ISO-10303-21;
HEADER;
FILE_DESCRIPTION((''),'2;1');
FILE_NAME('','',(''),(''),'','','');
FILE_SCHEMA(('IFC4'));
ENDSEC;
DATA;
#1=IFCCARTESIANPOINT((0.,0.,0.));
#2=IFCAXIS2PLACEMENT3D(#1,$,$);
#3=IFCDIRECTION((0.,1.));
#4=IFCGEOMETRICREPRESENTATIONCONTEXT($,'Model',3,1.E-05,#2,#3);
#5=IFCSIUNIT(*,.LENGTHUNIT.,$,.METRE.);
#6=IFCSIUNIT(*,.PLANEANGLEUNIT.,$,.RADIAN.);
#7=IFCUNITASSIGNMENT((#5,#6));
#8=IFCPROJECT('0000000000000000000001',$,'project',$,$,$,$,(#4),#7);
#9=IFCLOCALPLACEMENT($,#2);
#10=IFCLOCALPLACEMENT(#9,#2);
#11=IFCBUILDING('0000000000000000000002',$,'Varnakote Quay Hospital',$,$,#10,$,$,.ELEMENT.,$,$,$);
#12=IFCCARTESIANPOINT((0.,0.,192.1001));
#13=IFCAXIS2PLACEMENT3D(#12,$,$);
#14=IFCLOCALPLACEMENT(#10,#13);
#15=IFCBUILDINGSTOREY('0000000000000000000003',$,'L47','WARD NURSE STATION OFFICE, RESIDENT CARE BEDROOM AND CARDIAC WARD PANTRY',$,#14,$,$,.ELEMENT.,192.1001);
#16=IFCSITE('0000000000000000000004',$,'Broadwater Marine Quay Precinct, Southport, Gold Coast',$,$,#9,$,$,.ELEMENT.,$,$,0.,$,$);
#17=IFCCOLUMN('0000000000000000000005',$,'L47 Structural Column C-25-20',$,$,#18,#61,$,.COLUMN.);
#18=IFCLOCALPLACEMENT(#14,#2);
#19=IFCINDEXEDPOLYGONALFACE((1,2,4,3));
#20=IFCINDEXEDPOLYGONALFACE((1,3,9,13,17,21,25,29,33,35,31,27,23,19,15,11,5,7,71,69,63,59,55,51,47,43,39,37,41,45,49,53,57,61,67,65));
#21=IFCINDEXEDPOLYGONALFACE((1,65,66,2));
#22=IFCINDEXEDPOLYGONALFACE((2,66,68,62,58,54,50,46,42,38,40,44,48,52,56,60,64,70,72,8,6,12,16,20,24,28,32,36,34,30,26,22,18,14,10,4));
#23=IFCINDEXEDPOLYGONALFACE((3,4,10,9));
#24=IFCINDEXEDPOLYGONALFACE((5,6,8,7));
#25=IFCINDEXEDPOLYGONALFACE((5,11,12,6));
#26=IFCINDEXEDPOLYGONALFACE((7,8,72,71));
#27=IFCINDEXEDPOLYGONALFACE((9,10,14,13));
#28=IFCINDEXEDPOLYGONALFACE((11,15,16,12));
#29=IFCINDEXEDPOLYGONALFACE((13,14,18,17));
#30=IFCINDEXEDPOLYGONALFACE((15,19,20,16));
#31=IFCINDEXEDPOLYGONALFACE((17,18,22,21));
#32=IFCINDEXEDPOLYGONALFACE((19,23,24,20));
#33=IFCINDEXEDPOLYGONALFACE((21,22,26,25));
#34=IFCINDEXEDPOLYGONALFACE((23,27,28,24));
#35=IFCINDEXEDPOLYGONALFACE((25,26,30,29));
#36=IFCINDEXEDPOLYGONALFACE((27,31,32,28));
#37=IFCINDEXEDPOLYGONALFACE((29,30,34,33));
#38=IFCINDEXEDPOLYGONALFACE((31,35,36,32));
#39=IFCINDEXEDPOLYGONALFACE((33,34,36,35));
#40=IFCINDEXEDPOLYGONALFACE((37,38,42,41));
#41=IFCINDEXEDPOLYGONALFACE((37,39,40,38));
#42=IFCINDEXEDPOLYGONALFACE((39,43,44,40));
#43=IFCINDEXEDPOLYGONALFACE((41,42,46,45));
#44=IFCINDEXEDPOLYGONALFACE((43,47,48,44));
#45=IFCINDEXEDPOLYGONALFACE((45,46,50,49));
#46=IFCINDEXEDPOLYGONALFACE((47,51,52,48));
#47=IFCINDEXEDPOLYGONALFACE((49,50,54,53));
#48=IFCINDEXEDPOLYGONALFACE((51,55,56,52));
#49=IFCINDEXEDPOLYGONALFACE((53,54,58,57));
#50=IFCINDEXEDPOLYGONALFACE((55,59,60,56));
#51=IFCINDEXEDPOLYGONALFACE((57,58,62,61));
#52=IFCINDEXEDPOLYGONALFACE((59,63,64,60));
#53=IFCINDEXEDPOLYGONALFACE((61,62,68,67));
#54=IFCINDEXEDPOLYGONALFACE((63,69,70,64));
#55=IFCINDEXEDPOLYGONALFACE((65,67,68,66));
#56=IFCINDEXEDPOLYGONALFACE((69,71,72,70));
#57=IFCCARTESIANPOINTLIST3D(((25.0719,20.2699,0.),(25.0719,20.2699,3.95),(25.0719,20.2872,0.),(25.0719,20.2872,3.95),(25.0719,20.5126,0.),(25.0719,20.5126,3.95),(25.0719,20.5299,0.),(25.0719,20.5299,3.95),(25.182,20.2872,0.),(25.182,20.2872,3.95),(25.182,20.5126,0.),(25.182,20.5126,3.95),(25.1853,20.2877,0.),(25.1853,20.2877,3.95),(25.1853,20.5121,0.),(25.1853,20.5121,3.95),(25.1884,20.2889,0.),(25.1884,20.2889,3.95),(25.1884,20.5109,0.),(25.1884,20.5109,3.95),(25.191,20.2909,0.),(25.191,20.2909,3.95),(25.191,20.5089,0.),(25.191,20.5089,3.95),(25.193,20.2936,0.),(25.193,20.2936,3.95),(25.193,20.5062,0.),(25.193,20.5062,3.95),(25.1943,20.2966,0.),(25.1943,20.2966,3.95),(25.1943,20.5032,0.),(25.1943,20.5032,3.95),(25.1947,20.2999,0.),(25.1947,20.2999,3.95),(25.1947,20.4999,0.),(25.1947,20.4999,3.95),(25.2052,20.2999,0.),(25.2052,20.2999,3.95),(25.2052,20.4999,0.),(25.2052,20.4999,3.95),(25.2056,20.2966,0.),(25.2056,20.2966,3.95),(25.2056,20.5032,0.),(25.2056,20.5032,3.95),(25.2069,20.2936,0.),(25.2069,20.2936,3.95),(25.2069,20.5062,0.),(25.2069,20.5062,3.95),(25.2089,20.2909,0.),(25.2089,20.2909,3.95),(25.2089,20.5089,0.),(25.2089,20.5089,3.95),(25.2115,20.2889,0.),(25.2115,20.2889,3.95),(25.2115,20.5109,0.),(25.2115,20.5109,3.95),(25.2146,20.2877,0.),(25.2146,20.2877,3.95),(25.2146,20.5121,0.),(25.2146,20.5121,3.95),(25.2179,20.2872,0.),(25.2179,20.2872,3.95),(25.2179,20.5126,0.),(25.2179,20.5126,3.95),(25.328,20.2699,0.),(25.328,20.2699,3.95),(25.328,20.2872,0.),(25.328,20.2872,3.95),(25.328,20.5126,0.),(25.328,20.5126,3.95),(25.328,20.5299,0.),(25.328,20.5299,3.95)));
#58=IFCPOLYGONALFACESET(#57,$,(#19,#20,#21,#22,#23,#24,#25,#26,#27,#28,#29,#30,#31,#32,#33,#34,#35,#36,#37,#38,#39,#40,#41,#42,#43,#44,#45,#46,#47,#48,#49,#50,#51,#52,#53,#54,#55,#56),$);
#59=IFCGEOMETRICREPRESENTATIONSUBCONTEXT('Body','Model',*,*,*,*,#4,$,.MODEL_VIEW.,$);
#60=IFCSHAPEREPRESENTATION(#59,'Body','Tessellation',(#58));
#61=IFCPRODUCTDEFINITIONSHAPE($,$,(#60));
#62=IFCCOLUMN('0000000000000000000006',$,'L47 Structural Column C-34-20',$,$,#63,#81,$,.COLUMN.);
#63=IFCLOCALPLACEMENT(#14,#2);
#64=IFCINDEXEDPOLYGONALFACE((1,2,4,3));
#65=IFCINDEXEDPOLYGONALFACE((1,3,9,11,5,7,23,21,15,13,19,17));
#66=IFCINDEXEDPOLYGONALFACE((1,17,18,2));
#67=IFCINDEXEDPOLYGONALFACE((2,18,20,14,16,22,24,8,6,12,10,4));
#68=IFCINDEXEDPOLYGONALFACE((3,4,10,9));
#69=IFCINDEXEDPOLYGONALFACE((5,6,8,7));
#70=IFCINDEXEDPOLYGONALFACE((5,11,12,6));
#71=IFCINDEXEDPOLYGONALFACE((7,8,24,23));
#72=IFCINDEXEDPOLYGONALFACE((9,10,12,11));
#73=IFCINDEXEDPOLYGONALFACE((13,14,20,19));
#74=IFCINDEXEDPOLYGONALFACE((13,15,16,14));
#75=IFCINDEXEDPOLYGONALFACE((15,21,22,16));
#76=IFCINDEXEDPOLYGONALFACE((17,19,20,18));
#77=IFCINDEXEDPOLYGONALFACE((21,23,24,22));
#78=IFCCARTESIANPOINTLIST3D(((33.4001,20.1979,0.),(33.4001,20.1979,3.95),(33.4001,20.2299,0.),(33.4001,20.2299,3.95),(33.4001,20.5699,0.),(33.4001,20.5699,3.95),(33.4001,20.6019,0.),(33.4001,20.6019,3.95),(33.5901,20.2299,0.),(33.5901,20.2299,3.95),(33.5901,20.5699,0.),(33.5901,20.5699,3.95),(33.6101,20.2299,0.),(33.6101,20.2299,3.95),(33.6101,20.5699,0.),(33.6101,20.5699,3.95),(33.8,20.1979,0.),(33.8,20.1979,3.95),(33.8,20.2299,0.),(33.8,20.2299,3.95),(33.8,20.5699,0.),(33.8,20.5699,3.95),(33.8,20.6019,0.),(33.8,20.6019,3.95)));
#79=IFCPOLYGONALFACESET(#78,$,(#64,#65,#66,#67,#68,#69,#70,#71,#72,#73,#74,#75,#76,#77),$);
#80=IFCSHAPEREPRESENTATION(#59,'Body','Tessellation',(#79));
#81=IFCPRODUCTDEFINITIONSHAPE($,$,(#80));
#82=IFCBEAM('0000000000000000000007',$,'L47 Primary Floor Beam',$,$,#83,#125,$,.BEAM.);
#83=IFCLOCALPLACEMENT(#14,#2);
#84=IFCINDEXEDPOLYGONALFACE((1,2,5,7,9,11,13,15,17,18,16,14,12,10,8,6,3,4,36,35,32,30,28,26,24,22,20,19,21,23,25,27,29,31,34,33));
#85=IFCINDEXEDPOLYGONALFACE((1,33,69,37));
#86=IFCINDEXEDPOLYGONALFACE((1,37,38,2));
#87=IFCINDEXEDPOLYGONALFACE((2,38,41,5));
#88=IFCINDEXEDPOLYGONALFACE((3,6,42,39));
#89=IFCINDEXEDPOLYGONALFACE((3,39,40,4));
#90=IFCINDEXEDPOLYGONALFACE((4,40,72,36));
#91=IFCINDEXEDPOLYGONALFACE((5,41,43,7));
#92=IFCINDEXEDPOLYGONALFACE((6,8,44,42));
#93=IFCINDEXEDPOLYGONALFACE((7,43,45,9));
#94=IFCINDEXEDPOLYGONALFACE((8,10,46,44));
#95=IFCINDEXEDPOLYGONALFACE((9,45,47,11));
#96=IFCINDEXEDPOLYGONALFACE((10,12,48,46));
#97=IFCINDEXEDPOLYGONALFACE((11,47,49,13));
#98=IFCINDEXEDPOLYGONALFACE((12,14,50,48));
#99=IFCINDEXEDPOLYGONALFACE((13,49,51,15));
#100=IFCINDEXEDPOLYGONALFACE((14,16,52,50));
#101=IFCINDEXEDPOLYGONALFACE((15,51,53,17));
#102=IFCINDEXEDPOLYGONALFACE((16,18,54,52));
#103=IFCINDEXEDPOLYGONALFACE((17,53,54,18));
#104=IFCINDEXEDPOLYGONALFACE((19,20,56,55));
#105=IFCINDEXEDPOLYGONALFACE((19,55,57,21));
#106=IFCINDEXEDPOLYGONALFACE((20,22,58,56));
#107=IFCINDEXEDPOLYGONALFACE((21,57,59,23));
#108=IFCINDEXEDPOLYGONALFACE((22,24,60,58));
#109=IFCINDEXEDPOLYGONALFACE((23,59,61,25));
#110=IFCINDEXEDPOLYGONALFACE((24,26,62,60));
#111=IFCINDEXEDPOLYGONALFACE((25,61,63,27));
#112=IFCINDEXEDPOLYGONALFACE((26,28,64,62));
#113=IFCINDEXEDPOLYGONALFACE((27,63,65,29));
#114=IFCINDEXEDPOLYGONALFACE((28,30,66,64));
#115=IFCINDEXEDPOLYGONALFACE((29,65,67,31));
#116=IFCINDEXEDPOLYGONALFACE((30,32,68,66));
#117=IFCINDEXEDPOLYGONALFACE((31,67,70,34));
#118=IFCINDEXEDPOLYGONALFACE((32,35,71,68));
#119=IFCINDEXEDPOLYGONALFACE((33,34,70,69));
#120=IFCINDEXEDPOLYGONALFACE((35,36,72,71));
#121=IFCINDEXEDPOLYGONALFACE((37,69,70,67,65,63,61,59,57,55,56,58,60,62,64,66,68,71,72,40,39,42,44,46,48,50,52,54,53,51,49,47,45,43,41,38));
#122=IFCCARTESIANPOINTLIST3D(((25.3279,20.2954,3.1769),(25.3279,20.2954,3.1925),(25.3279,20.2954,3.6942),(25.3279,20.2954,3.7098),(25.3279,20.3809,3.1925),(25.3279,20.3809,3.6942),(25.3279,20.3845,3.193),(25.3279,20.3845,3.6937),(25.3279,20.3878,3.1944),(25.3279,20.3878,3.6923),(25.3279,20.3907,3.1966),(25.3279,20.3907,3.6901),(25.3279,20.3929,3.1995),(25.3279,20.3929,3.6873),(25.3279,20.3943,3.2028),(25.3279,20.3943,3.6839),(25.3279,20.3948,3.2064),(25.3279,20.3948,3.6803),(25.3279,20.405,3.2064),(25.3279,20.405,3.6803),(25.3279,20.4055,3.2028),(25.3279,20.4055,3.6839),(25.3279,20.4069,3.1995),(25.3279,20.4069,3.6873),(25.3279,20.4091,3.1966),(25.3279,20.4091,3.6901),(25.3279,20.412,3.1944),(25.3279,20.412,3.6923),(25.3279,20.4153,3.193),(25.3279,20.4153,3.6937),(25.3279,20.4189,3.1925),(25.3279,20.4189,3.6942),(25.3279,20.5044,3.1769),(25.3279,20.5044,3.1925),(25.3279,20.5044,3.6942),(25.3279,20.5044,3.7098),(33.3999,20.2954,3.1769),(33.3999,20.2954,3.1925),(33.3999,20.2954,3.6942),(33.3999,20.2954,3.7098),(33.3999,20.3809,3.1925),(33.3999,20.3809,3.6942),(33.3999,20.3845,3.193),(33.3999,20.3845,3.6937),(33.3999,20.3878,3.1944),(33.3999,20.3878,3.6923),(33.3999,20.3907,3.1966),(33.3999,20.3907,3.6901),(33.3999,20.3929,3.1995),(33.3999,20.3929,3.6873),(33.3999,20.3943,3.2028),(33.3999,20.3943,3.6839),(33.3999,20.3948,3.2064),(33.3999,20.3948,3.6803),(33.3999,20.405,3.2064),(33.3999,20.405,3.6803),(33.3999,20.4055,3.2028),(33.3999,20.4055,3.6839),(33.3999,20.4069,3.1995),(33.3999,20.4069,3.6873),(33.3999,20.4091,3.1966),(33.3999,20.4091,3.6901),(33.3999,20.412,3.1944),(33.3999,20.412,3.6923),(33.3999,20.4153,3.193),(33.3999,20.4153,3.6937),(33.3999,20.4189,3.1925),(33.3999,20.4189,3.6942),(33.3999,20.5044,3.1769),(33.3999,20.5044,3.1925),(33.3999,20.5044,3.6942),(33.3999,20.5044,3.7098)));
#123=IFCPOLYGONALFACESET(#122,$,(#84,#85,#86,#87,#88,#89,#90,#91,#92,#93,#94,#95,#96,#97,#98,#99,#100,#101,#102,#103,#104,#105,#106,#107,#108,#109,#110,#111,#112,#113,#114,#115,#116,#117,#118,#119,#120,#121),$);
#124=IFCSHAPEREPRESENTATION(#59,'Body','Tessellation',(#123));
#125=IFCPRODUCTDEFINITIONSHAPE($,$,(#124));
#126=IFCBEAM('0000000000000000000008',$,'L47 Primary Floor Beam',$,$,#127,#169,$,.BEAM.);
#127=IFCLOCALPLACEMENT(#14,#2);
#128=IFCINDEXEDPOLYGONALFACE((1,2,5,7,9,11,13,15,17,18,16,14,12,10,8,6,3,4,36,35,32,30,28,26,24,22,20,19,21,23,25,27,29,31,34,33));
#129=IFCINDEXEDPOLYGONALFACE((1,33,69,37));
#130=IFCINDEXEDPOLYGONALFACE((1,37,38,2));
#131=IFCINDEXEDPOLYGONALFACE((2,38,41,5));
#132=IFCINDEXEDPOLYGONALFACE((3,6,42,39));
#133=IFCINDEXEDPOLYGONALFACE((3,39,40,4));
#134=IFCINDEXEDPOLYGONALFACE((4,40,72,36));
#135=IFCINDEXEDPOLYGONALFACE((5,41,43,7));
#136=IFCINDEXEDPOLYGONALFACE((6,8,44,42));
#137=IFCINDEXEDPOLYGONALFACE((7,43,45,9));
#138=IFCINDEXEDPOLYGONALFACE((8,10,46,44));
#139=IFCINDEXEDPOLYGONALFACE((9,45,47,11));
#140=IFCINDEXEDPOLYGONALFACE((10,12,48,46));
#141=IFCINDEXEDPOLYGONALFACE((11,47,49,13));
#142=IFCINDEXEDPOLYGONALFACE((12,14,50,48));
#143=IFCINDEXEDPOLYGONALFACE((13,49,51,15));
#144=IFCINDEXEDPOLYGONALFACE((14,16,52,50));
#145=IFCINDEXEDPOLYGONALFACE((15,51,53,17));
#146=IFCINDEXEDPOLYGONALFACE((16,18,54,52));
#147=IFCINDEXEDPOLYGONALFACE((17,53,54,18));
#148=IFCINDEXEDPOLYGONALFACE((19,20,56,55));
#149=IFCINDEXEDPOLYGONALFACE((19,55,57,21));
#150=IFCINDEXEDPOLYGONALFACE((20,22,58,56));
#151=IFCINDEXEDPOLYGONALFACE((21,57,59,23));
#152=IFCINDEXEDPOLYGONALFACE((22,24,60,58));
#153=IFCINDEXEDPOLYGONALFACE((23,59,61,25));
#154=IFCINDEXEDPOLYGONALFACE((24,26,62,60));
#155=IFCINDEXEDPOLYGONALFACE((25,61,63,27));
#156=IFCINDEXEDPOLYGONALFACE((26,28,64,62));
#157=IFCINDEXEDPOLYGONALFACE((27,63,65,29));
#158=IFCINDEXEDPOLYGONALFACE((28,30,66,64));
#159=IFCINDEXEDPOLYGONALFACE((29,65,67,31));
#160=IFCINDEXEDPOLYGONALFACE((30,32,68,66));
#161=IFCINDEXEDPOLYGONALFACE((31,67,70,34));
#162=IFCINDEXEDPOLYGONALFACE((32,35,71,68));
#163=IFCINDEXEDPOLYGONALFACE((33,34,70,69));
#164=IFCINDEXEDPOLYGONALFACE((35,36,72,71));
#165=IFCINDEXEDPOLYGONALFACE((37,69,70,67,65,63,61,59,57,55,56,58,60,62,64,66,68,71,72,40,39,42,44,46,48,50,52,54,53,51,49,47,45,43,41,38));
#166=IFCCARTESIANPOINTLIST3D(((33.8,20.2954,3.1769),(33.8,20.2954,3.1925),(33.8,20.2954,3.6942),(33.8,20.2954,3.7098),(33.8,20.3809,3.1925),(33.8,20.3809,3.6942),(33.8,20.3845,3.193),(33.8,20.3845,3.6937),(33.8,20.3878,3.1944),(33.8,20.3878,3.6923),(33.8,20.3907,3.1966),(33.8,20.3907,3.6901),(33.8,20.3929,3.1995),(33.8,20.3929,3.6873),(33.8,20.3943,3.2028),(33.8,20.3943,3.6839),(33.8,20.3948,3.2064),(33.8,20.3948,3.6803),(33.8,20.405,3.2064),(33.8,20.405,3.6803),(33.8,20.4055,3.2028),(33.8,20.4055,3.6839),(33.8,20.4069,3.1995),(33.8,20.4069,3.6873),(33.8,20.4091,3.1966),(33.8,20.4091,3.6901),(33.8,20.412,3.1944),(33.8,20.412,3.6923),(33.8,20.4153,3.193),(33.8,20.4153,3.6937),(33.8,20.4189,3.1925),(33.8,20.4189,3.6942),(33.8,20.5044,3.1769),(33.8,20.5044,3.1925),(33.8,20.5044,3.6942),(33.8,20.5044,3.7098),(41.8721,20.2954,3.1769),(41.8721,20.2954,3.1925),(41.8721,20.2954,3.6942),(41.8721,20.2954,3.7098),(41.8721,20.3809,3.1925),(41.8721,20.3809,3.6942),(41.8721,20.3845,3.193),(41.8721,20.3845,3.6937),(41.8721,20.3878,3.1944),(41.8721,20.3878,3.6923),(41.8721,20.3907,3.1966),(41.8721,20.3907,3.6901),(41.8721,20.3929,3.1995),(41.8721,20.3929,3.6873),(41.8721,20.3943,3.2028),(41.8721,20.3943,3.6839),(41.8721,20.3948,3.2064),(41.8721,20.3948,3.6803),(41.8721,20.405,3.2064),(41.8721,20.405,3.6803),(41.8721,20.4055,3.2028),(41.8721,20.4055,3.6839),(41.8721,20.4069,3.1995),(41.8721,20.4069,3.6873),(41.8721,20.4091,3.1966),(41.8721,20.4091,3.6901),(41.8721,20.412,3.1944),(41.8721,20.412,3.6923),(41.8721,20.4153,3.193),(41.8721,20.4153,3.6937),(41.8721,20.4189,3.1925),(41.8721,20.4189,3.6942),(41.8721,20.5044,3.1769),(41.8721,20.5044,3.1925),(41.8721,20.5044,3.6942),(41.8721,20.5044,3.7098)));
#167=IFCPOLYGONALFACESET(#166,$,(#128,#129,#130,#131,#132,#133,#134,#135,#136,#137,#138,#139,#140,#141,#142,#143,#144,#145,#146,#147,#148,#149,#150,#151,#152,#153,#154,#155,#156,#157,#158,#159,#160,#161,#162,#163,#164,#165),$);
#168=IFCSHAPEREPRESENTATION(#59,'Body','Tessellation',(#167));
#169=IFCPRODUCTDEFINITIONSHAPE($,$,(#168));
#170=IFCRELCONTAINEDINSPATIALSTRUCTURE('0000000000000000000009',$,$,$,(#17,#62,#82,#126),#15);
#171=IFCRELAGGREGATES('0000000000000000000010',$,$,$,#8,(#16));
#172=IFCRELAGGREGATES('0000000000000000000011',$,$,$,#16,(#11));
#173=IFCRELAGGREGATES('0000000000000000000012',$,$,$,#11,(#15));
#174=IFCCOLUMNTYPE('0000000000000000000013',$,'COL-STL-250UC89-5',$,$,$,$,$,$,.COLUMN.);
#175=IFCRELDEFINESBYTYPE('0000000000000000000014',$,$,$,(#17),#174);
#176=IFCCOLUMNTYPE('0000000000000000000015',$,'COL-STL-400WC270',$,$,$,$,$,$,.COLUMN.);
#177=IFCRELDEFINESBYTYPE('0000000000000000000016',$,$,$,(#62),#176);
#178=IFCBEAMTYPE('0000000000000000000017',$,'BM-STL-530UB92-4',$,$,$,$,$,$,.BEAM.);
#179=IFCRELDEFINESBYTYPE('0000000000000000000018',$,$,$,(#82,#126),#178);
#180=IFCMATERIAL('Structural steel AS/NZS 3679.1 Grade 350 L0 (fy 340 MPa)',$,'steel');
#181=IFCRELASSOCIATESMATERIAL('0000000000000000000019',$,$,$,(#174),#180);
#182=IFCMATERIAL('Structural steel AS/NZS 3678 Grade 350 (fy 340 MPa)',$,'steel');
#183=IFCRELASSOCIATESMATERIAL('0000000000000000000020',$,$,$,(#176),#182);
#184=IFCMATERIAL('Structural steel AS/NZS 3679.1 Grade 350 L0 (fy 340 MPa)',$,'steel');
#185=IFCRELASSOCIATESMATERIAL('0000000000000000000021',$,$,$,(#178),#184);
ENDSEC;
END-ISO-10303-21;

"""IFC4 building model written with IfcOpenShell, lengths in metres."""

from ifc_helpers import new_model, si_unit, direction, frame, origin, origin_2d, place, context, subcontext, project, spatial, i_section, extrude, material, material_profile, profile_set, type_object, element, save


model = new_model("IFC4")

# Units and contexts
model_context = context("Model", 3, precision=1e-05, world=origin(), true_north=direction((0.0, 1.0)))
body_context = subcontext(model_context, "Body", "Model", "MODEL_VIEW")
ifc_project = project(units=[si_unit("LENGTHUNIT", "METRE"), si_unit("PLANEANGLEUNIT", "RADIAN")], contexts=[model_context])

# Site, building, storey
site_placement = place(None, origin())
site = spatial("IfcSite", under=ifc_project, at=site_placement, Name="Broadwater Marine Quay Precinct, Southport, Gold Coast", CompositionType="ELEMENT", RefElevation=0.0)
building_placement = place(site_placement, origin())
building = spatial("IfcBuilding", under=site, at=building_placement, Name="Varnakote Quay Hospital", CompositionType="ELEMENT")
storey_placement = place(building_placement, frame((0.0, 0.0, 192.1001)))
storey = spatial("IfcBuildingStorey", under=building, at=storey_placement, Name="L47", Description="WARD NURSE STATION OFFICE, RESIDENT CARE BEDROOM AND CARDIAC WARD PANTRY", CompositionType="ELEMENT", Elevation=192.1001)

# Columns
ifc_material_1 = material(Name="Structural steel AS/NZS 3679.1 Grade 350 L0 (fy 340 MPa)", Category="steel")
ifc_material_profile_1 = material_profile(ifc_material_1, i_section(OverallWidth=0.2561, OverallDepth=0.26, WebThickness=0.0105, FlangeThickness=0.0173, FilletRadius=0.0127, at=origin_2d()), Name="250UC89.5")
ifc_profile_set_1 = profile_set([ifc_material_profile_1], Name="Structural steel AS/NZS 3679.1 Grade 350 L0 (fy 340 MPa)")
column_type_1 = type_object("IfcColumnType", Name="COL-STL-250UC89-5", PredefinedType="COLUMN", material=ifc_profile_set_1)
column_1_placement = place(storey_placement, frame((25.2, 20.3999, 0.0), z_axis=(0.0, 0.0, 1.0), x_axis=(1.0, 0.0, 0.0)))
element("IfcColumn", 1, at=column_1_placement, inside=storey, type_object=column_type_1, Name="L47 Structural Column C-25-20", PredefinedType="COLUMN", context=body_context, shape_type="SweptSolid", body=[
    extrude(i_section(OverallWidth=0.2561, OverallDepth=0.26, WebThickness=0.0105, FlangeThickness=0.0173, FilletRadius=0.0127, at=origin_2d()), origin(), (0.0, 0.0, 1.0), 3.95),
])
ifc_material_2 = material(Name="Structural steel AS/NZS 3678 Grade 350 (fy 340 MPa)", Category="steel")
ifc_material_profile_2 = material_profile(ifc_material_2, i_section(OverallWidth=0.3999, OverallDepth=0.4041, WebThickness=0.02, FlangeThickness=0.032, at=origin_2d()), Name="400WC270")
ifc_profile_set_2 = profile_set([ifc_material_profile_2], Name="Structural steel AS/NZS 3678 Grade 350 (fy 340 MPa)")
column_type_2 = type_object("IfcColumnType", Name="COL-STL-400WC270", PredefinedType="COLUMN", material=ifc_profile_set_2)
column_2_placement = place(storey_placement, frame((33.6001, 20.3999, 0.0), z_axis=(0.0, 0.0, 1.0), x_axis=(1.0, 0.0, 0.0)))
element("IfcColumn", 2, at=column_2_placement, inside=storey, type_object=column_type_2, Name="L47 Structural Column C-34-20", PredefinedType="COLUMN", context=body_context, shape_type="SweptSolid", body=[
    extrude(i_section(OverallWidth=0.3999, OverallDepth=0.4041, WebThickness=0.02, FlangeThickness=0.032, at=origin_2d()), origin(), (0.0, 0.0, 1.0), 3.95),
])

# Beams
ifc_material_3 = material(Name="Structural steel AS/NZS 3679.1 Grade 350 L0 (fy 340 MPa)", Category="steel")
ifc_material_profile_3 = material_profile(ifc_material_3, i_section(OverallWidth=0.209, OverallDepth=0.533, WebThickness=0.0103, FlangeThickness=0.0156, FilletRadius=0.0139, at=origin_2d()), Name="530UB92.4")
ifc_profile_set_3 = profile_set([ifc_material_profile_3], Name="Structural steel AS/NZS 3679.1 Grade 350 L0 (fy 340 MPa)")
beam_type_1 = type_object("IfcBeamType", Name="BM-STL-530UB92-4", PredefinedType="BEAM", material=ifc_profile_set_3)
for number, where, z_axis, x_axis, name in (
    (3, (25.3279, 20.3999, 3.4434), (1.0, 0.0, 0.0), (0.0, 1.0, 0.0), "L47 Primary Floor Beam"),
    (4, (33.8, 20.3999, 3.4434), (1.0, 0.0, 0.0), (0.0, 1.0, 0.0), "L47 Primary Floor Beam"),
):
    element("IfcBeam", number, at=place(storey_placement, frame(where, z_axis=z_axis, x_axis=x_axis)), inside=storey, type_object=beam_type_1, Name=name, PredefinedType="BEAM", context=body_context, shape_type="SweptSolid", body=[
        extrude(i_section(OverallWidth=0.209, OverallDepth=0.533, WebThickness=0.0103, FlangeThickness=0.0156, FilletRadius=0.0139, at=origin_2d()), origin(), (0.0, 0.0, 1.0), 8.072),
    ])

save(model, "model.ifc")
